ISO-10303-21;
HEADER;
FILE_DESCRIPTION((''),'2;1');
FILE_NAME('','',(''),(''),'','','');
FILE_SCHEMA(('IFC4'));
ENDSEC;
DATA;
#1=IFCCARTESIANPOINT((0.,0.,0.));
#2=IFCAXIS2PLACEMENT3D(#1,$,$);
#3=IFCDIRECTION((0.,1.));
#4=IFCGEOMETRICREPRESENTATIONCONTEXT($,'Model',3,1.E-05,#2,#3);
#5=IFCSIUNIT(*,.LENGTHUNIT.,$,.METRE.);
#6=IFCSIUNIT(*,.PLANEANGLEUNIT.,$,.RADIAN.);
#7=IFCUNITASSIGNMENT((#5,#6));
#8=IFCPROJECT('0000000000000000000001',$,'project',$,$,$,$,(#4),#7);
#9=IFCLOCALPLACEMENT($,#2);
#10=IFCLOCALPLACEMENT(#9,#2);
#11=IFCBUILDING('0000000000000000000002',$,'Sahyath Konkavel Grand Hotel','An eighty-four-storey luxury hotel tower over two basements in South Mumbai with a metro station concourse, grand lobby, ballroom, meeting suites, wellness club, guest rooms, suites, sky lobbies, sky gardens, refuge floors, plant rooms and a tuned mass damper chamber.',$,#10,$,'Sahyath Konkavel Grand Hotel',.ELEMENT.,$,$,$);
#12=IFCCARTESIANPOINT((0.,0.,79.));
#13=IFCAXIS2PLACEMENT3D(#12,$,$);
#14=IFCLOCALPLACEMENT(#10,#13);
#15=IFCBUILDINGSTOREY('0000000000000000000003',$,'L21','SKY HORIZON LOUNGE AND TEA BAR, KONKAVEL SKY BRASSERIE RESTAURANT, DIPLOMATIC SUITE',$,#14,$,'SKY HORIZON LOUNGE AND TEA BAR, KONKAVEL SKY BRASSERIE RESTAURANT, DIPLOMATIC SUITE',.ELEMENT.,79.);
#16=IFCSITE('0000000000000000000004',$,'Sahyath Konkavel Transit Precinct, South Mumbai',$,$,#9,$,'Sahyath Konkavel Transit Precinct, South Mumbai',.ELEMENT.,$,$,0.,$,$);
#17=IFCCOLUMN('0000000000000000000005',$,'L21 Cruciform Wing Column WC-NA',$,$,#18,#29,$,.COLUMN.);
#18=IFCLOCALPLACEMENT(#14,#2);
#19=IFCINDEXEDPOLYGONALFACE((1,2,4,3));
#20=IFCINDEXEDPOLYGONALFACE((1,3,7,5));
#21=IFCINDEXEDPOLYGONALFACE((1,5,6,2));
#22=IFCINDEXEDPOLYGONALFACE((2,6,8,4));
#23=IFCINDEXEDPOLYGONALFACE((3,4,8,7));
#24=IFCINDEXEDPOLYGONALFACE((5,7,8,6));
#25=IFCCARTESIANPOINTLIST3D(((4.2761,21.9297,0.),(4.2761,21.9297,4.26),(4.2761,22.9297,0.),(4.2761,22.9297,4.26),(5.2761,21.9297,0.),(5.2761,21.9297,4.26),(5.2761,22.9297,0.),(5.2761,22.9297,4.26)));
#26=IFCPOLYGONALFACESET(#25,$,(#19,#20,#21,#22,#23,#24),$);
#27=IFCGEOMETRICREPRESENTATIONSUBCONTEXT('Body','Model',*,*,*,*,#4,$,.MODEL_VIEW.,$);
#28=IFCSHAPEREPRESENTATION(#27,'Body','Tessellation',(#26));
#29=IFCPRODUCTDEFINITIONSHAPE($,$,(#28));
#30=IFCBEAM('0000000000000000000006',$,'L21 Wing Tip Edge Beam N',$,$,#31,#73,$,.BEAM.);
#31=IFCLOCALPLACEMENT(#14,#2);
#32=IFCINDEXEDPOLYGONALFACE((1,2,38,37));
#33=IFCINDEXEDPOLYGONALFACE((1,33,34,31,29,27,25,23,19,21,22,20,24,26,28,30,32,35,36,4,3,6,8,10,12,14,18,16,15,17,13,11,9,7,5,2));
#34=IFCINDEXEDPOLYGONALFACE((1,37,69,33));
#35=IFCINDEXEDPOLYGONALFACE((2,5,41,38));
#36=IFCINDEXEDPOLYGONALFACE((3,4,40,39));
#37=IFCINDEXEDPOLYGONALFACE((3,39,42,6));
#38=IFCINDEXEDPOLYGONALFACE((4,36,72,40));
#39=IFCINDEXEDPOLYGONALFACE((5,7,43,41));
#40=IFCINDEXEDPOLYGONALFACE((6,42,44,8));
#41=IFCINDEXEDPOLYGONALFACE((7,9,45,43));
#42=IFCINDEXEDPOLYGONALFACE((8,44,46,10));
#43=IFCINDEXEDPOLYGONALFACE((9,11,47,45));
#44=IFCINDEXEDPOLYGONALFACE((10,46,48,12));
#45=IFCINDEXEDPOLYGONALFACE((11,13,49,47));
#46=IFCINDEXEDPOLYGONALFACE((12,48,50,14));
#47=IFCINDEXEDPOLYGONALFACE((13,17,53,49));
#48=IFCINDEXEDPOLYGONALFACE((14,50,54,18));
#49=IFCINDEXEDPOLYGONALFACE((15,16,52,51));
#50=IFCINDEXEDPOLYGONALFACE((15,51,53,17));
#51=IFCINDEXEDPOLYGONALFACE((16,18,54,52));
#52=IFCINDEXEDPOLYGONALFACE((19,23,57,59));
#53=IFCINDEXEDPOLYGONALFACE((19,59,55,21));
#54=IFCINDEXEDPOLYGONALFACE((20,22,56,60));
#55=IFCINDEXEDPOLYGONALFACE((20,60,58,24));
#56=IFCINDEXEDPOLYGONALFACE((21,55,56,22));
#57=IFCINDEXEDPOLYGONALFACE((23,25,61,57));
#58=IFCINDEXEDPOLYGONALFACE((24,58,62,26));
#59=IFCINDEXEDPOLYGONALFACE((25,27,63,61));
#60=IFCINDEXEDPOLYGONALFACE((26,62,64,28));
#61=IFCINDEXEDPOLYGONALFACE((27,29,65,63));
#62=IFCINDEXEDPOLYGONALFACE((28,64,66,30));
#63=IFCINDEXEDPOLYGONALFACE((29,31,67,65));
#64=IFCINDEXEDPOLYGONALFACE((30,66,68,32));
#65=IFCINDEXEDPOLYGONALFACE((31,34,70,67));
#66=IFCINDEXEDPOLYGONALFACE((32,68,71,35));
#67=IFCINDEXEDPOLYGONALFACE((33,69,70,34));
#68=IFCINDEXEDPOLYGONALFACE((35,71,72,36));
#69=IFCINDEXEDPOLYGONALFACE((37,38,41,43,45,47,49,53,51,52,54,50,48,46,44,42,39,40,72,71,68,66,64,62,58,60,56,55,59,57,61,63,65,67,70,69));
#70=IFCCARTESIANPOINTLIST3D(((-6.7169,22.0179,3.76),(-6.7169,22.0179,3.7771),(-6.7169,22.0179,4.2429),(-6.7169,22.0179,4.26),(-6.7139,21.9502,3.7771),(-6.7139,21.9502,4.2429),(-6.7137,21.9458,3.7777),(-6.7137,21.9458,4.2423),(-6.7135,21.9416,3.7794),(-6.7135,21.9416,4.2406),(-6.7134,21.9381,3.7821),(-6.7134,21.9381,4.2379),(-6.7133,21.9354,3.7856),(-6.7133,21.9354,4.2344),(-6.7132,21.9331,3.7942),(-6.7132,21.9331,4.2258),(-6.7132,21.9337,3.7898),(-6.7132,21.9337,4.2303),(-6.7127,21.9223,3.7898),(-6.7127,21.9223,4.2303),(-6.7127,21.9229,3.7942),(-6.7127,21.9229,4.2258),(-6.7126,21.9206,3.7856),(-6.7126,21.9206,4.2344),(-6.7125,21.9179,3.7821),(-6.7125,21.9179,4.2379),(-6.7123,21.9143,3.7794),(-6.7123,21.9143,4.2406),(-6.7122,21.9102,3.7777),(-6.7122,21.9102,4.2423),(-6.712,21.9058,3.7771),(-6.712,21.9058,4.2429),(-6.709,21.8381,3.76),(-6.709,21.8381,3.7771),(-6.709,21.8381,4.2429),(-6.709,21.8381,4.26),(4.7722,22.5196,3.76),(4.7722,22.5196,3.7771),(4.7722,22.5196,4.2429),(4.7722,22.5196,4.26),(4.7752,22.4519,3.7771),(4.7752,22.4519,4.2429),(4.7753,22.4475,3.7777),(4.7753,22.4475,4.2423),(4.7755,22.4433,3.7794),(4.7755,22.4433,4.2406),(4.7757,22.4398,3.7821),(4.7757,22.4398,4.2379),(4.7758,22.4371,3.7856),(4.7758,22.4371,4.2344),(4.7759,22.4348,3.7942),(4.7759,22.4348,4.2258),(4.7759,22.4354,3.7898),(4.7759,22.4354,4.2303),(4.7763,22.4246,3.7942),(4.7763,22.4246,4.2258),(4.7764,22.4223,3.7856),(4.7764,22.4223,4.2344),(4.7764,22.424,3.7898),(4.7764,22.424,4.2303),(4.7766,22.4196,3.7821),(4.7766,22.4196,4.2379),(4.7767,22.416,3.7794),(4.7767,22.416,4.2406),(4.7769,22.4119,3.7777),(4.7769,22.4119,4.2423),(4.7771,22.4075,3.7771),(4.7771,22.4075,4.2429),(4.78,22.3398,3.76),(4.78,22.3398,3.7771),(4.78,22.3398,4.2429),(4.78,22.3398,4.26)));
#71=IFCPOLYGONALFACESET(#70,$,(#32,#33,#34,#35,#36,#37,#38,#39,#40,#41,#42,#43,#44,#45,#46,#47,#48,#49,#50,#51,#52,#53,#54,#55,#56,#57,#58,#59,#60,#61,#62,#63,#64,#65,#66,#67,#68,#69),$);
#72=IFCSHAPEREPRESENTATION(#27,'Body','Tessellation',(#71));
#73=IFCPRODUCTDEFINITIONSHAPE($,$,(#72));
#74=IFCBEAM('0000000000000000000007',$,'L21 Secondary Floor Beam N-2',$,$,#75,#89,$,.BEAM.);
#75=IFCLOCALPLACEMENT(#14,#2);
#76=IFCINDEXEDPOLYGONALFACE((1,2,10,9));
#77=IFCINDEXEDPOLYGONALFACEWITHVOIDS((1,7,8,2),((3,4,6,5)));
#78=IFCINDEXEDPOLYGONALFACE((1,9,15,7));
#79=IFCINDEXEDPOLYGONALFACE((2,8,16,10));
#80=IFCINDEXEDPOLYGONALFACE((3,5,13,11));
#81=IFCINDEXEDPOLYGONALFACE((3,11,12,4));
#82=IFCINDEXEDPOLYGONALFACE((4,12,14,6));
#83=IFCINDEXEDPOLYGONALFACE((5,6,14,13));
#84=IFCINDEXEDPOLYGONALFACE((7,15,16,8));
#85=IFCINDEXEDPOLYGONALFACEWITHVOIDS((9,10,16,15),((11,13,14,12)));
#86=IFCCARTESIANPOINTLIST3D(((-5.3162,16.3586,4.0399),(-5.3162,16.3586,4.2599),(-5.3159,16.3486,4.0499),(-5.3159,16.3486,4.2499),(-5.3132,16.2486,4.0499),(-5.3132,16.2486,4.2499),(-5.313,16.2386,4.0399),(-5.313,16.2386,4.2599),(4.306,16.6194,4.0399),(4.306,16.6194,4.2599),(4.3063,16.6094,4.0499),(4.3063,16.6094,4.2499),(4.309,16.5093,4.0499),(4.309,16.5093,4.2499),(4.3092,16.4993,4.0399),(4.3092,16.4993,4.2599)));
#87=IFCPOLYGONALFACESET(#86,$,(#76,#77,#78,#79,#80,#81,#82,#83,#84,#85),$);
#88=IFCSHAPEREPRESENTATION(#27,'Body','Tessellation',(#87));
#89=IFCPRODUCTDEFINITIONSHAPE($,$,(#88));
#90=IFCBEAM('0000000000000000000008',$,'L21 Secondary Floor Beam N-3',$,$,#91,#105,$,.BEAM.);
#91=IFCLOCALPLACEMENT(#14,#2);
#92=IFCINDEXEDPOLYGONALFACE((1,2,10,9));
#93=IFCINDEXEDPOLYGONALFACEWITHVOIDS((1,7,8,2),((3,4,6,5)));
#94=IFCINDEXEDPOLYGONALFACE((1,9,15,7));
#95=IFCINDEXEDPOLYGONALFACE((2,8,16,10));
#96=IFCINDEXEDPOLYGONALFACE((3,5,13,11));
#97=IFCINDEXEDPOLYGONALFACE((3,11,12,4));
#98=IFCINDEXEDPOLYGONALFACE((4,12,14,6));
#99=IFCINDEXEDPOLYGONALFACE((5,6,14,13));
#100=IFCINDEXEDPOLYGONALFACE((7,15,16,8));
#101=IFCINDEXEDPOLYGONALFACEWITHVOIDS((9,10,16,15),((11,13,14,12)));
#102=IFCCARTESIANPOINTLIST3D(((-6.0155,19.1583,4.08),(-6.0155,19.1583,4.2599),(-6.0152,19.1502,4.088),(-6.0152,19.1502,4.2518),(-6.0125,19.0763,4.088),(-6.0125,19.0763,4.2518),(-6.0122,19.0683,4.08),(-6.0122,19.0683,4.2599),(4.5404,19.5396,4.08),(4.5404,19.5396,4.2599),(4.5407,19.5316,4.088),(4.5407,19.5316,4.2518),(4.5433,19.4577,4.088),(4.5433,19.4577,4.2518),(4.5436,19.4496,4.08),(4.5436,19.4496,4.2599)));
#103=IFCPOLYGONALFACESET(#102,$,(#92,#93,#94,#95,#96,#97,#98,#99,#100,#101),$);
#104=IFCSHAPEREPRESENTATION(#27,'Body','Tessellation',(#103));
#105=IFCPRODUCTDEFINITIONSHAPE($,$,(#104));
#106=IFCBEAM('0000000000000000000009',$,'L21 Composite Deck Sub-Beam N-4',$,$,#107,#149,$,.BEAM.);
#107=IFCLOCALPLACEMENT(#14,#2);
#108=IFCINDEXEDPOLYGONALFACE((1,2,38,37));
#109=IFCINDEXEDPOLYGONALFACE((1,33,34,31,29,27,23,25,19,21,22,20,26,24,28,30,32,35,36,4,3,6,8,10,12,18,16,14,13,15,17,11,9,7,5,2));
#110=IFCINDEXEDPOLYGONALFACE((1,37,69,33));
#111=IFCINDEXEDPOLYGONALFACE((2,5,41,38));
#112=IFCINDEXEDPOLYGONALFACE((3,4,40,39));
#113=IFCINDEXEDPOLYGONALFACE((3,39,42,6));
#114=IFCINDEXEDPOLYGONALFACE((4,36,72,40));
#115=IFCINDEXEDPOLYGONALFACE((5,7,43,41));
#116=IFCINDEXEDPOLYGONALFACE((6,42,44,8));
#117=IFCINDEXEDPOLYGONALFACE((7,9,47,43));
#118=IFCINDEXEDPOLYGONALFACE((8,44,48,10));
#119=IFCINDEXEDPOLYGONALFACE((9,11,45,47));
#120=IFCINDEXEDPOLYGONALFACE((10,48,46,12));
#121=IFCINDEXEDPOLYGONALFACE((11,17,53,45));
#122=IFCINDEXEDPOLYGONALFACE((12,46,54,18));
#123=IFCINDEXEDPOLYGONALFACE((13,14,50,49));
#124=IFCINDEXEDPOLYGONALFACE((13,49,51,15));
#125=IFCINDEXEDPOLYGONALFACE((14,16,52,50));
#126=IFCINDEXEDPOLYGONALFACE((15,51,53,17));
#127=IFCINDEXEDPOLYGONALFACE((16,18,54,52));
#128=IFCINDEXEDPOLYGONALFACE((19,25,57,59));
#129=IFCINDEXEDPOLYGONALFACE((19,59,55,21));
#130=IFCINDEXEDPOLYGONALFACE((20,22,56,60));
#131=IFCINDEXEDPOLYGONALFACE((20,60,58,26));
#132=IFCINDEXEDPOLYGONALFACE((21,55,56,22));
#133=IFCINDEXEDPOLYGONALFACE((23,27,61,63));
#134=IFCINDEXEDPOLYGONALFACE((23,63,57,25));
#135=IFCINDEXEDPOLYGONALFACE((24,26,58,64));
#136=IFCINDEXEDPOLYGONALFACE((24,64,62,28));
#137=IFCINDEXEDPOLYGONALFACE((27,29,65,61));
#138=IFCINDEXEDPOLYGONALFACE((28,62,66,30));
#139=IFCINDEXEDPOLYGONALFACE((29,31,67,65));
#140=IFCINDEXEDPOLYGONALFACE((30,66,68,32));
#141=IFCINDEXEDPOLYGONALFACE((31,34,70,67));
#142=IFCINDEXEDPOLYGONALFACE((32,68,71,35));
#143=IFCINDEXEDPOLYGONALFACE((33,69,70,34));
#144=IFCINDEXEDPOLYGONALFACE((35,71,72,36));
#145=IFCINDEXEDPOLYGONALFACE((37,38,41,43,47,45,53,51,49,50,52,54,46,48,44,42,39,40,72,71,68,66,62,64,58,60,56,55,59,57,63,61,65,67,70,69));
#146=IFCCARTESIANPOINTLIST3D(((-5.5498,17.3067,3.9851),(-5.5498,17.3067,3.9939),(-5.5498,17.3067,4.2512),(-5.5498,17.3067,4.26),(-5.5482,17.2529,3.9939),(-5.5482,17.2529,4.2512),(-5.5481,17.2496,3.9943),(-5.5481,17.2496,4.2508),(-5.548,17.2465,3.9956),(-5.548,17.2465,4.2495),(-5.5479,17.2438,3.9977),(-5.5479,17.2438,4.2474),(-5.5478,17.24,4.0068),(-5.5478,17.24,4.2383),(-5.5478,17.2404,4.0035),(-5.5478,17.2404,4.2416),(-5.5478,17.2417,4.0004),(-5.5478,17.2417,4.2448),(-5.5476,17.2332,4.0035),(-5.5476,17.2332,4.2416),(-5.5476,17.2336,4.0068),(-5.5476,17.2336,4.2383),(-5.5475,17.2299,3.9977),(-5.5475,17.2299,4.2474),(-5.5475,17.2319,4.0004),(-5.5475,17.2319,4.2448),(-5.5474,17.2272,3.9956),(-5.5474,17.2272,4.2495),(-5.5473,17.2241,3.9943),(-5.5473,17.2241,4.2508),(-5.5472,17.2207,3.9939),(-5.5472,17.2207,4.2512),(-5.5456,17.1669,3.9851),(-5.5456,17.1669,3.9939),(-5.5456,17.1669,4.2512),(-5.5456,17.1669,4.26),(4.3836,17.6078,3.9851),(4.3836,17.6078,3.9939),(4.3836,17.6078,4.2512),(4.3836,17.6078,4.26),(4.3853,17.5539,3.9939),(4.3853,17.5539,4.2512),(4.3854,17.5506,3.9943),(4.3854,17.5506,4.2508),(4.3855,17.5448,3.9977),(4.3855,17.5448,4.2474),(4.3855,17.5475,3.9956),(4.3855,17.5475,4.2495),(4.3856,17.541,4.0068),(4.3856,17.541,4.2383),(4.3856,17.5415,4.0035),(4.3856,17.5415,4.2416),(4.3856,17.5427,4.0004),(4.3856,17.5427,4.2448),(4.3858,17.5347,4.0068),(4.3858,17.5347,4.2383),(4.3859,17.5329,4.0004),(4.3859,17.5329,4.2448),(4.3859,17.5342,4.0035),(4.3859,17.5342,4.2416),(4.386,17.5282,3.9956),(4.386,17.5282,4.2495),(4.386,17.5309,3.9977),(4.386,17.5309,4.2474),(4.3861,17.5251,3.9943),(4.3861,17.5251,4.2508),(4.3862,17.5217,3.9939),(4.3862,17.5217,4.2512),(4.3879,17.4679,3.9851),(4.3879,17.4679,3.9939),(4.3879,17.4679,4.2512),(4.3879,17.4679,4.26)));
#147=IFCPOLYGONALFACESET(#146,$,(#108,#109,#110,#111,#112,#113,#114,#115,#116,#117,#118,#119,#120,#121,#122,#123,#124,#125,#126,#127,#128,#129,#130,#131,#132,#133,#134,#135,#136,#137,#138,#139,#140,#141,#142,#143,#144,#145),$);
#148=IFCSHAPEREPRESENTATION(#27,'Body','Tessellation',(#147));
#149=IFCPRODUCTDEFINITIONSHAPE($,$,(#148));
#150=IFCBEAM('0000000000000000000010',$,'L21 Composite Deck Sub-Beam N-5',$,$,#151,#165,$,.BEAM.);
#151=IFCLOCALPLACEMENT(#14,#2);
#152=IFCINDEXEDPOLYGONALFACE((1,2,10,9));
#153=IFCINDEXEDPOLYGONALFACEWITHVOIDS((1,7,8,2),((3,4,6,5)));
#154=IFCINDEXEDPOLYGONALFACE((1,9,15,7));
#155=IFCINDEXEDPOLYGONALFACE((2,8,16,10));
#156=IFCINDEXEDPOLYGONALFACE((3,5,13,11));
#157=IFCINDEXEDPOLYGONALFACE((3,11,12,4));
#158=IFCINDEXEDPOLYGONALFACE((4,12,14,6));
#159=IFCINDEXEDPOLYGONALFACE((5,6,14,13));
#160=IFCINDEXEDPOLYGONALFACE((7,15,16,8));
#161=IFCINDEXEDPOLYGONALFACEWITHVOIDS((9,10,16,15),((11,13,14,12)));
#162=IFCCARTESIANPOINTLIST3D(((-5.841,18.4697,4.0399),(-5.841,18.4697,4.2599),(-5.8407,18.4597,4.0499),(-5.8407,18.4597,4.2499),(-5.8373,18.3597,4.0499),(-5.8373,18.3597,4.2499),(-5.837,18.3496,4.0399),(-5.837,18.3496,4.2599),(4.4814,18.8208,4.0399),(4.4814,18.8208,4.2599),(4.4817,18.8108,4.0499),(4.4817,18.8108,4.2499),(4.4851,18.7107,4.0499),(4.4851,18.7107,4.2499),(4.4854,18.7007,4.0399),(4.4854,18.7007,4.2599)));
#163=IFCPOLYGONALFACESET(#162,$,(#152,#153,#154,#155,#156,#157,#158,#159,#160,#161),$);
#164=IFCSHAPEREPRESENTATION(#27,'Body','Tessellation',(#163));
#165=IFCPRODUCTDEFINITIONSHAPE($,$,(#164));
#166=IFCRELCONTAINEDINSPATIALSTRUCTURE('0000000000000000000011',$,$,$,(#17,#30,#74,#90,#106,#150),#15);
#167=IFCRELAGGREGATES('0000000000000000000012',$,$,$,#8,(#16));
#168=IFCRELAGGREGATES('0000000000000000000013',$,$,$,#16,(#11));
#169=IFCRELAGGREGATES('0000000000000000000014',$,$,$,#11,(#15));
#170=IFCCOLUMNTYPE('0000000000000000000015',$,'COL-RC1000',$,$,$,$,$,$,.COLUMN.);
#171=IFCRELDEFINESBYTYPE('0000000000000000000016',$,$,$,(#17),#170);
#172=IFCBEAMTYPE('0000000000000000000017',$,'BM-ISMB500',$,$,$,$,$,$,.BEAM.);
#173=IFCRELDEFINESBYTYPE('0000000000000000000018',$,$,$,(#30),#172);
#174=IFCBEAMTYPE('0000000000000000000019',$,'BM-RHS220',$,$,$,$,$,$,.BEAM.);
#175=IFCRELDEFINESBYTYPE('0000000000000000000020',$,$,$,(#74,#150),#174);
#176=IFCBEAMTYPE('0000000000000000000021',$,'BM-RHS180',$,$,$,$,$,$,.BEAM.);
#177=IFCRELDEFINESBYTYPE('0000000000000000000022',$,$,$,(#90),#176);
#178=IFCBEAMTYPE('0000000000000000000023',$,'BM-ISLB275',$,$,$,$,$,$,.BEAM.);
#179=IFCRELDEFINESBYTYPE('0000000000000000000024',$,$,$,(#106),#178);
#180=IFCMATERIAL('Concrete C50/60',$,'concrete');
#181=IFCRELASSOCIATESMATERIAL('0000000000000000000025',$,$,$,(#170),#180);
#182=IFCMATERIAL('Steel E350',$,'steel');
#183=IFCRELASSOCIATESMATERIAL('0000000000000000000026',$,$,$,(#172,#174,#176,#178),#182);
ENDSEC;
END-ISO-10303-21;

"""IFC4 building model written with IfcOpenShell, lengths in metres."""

from ifc_helpers import new_model, si_unit, direction, frame, origin, origin_2d, place, context, subcontext, project, spatial, rectangle, hollow_rectangle, i_section, extrude, source, transform, mapped, material, material_profile, profile_set, type_object, element, save


model = new_model("IFC4")

# Units and contexts
model_context = context("Model", 3, precision=1e-05, world=origin(), true_north=direction((0.0, 1.0)))
body_context = subcontext(model_context, "Body", "Model", "MODEL_VIEW")
ifc_project = project(units=[si_unit("LENGTHUNIT", "METRE"), si_unit("PLANEANGLEUNIT", "RADIAN")], contexts=[model_context])

# Site, building, storey
site_placement = place(None, origin())
site = spatial("IfcSite", under=ifc_project, at=site_placement, Name="Sahyath Konkavel Transit Precinct, South Mumbai", LongName="Sahyath Konkavel Transit Precinct, South Mumbai", CompositionType="ELEMENT", RefElevation=0.0)
building_placement = place(site_placement, origin())
building = spatial("IfcBuilding", under=site, at=building_placement, Name="Sahyath Konkavel Grand Hotel", Description="An eighty-four-storey luxury hotel tower over two basements in South Mumbai with a metro station concourse, grand lobby, ballroom, meeting suites, wellness club, guest rooms, suites, sky lobbies, sky gardens, refuge floors, plant rooms and a tuned mass damper chamber.", LongName="Sahyath Konkavel Grand Hotel", CompositionType="ELEMENT")
storey_placement = place(building_placement, frame((0.0, 0.0, 79.0)))
storey = spatial("IfcBuildingStorey", under=building, at=storey_placement, Name="L21", Description="SKY HORIZON LOUNGE AND TEA BAR, KONKAVEL SKY BRASSERIE RESTAURANT, DIPLOMATIC SUITE", LongName="SKY HORIZON LOUNGE AND TEA BAR, KONKAVEL SKY BRASSERIE RESTAURANT, DIPLOMATIC SUITE", CompositionType="ELEMENT", Elevation=79.0)

# Column
ifc_material_1 = material(Name="Concrete C50/60", Category="concrete")
ifc_material_profile_1 = material_profile(ifc_material_1, rectangle(XDim=1.0, YDim=1.0, at=origin_2d()), Name="RC 1000x1000")
ifc_profile_set_1 = profile_set([ifc_material_profile_1], Name="Concrete C50/60")
column_type = type_object("IfcColumnType", Name="COL-RC1000", PredefinedType="COLUMN", material=ifc_profile_set_1)
shared_shape_1 = source(origin(), body_context, "Body", "SweptSolid", [
    extrude(rectangle(XDim=1.0, YDim=1.0, at=origin_2d()), origin(), (0.0, 0.0, 1.0), 4.26),
])
column_placement = place(storey_placement, frame((4.7761, 22.4297, 0.0), z_axis=(0.0, 0.0, 1.0), x_axis=(1.0, 0.0, 0.0)))
element("IfcColumn", 1, at=column_placement, inside=storey, type_object=column_type, Name="L21 Cruciform Wing Column WC-NA", PredefinedType="COLUMN", context=body_context, shape_type="MappedRepresentation", body=[
    mapped(shared_shape_1, transform((0.0, 0.0, 0.0), scale=1.0)),
])

# Beams
ifc_material_2 = material(Name="Steel E350", Category="steel")
ifc_material_profile_2 = material_profile(ifc_material_2, i_section(OverallWidth=0.1799, OverallDepth=0.5, WebThickness=0.0103, FlangeThickness=0.0171, FilletRadius=0.0171, at=origin_2d()), Name="ISMB 500")
ifc_profile_set_2 = profile_set([ifc_material_profile_2], Name="Steel E350")
beam_type_1 = type_object("IfcBeamType", Name="BM-ISMB500", PredefinedType="BEAM", material=ifc_profile_set_2)
shared_shape_2 = source(origin(), body_context, "Body", "SweptSolid", [
    extrude(i_section(OverallWidth=0.1799, OverallDepth=0.5, WebThickness=0.0103, FlangeThickness=0.0171, FilletRadius=0.0171, at=origin_2d()), origin(), (0.0, 0.0, 1.0), 11.5),
])
beam_1_placement = place(storey_placement, frame((4.7761, 22.4297, 4.01), z_axis=(-0.999048, -0.043627, 0.0), x_axis=(0.043627, -0.999048, 0.0)))
element("IfcBeam", 2, at=beam_1_placement, inside=storey, type_object=beam_type_1, Name="L21 Wing Tip Edge Beam N", PredefinedType="BEAM", context=body_context, shape_type="MappedRepresentation", body=[
    mapped(shared_shape_2, transform((0.0, 0.0, 0.0), scale=1.0)),
])
ifc_material_profile_3 = material_profile(ifc_material_2, hollow_rectangle(XDim=0.1201, YDim=0.22, WallThickness=0.01, at=origin_2d()), Name="RHS 220x120x10")
ifc_profile_set_3 = profile_set([ifc_material_profile_3], Name="Steel E350")
beam_type_2 = type_object("IfcBeamType", Name="BM-RHS220", PredefinedType="BEAM", material=ifc_profile_set_3)
shared_shape_3 = source(origin(), body_context, "Body", "SweptSolid", [
    extrude(hollow_rectangle(XDim=0.1201, YDim=0.22, WallThickness=0.01, at=origin_2d()), origin(), (0.0, 0.0, 1.0), 9.6257),
])
beam_2_placement = place(storey_placement, frame((4.3076, 16.5593, 4.1499), z_axis=(-0.999633, -0.027088, 0.0), x_axis=(0.027088, -0.999633, 0.0)))
element("IfcBeam", 3, at=beam_2_placement, inside=storey, type_object=beam_type_2, Name="L21 Secondary Floor Beam N-2", PredefinedType="BEAM", context=body_context, shape_type="MappedRepresentation", body=[
    mapped(shared_shape_3, transform((0.0, 0.0, 0.0), scale=1.0)),
])
ifc_material_profile_4 = material_profile(ifc_material_2, hollow_rectangle(XDim=0.0901, YDim=0.1799, WallThickness=0.0081, at=origin_2d()), Name="RHS 180x90x8")
ifc_profile_set_4 = profile_set([ifc_material_profile_4], Name="Steel E350")
beam_type_3 = type_object("IfcBeamType", Name="BM-RHS180", PredefinedType="BEAM", material=ifc_profile_set_4)
shared_shape_4 = source(origin(), body_context, "Body", "SweptSolid", [
    extrude(hollow_rectangle(XDim=0.0901, YDim=0.1799, WallThickness=0.0081, at=origin_2d()), origin(), (0.0, 0.0, 1.0), 10.5627),
])
beam_3_placement = place(storey_placement, frame((4.542, 19.4946, 4.1699), z_axis=(-0.999348, -0.036103, 0.0), x_axis=(0.036103, -0.999348, 0.0)))
element("IfcBeam", 4, at=beam_3_placement, inside=storey, type_object=beam_type_3, Name="L21 Secondary Floor Beam N-3", PredefinedType="BEAM", context=body_context, shape_type="MappedRepresentation", body=[
    mapped(shared_shape_4, transform((0.0, 0.0, 0.0), scale=1.0)),
])
ifc_material_profile_5 = material_profile(ifc_material_2, i_section(OverallWidth=0.1399, OverallDepth=0.2749, WebThickness=0.0063, FlangeThickness=0.0088, FilletRadius=0.0129, at=origin_2d()), Name="ISLB 275")
ifc_profile_set_5 = profile_set([ifc_material_profile_5], Name="Steel E350")
beam_type_4 = type_object("IfcBeamType", Name="BM-ISLB275", PredefinedType="BEAM", material=ifc_profile_set_5)
shared_shape_5 = source(origin(), body_context, "Body", "SweptSolid", [
    extrude(i_section(OverallWidth=0.1399, OverallDepth=0.2749, WebThickness=0.0063, FlangeThickness=0.0088, FilletRadius=0.0129, at=origin_2d()), origin(), (0.0, 0.0, 1.0), 9.938),
])
beam_4_placement = place(storey_placement, frame((4.3857, 17.5378, 4.1226), z_axis=(-0.999541, -0.030291, 0.0), x_axis=(0.030291, -0.999541, 0.0)))
element("IfcBeam", 5, at=beam_4_placement, inside=storey, type_object=beam_type_4, Name="L21 Composite Deck Sub-Beam N-4", PredefinedType="BEAM", context=body_context, shape_type="MappedRepresentation", body=[
    mapped(shared_shape_5, transform((0.0, 0.0, 0.0), scale=1.0)),
])
shared_shape_6 = source(origin(), body_context, "Body", "SweptSolid", [
    extrude(hollow_rectangle(XDim=0.1201, YDim=0.22, WallThickness=0.01, at=origin_2d()), origin(), (0.0, 0.0, 1.0), 10.3284),
])
beam_5_placement = place(storey_placement, frame((4.4834, 18.7607, 4.1499), z_axis=(-0.999422, -0.033991, 0.0), x_axis=(0.033991, -0.999422, 0.0)))
element("IfcBeam", 6, at=beam_5_placement, inside=storey, type_object=beam_type_2, Name="L21 Composite Deck Sub-Beam N-5", PredefinedType="BEAM", context=body_context, shape_type="MappedRepresentation", body=[
    mapped(shared_shape_6, transform((0.0, 0.0, 0.0), scale=1.0)),
])

save(model, "model.ifc")
